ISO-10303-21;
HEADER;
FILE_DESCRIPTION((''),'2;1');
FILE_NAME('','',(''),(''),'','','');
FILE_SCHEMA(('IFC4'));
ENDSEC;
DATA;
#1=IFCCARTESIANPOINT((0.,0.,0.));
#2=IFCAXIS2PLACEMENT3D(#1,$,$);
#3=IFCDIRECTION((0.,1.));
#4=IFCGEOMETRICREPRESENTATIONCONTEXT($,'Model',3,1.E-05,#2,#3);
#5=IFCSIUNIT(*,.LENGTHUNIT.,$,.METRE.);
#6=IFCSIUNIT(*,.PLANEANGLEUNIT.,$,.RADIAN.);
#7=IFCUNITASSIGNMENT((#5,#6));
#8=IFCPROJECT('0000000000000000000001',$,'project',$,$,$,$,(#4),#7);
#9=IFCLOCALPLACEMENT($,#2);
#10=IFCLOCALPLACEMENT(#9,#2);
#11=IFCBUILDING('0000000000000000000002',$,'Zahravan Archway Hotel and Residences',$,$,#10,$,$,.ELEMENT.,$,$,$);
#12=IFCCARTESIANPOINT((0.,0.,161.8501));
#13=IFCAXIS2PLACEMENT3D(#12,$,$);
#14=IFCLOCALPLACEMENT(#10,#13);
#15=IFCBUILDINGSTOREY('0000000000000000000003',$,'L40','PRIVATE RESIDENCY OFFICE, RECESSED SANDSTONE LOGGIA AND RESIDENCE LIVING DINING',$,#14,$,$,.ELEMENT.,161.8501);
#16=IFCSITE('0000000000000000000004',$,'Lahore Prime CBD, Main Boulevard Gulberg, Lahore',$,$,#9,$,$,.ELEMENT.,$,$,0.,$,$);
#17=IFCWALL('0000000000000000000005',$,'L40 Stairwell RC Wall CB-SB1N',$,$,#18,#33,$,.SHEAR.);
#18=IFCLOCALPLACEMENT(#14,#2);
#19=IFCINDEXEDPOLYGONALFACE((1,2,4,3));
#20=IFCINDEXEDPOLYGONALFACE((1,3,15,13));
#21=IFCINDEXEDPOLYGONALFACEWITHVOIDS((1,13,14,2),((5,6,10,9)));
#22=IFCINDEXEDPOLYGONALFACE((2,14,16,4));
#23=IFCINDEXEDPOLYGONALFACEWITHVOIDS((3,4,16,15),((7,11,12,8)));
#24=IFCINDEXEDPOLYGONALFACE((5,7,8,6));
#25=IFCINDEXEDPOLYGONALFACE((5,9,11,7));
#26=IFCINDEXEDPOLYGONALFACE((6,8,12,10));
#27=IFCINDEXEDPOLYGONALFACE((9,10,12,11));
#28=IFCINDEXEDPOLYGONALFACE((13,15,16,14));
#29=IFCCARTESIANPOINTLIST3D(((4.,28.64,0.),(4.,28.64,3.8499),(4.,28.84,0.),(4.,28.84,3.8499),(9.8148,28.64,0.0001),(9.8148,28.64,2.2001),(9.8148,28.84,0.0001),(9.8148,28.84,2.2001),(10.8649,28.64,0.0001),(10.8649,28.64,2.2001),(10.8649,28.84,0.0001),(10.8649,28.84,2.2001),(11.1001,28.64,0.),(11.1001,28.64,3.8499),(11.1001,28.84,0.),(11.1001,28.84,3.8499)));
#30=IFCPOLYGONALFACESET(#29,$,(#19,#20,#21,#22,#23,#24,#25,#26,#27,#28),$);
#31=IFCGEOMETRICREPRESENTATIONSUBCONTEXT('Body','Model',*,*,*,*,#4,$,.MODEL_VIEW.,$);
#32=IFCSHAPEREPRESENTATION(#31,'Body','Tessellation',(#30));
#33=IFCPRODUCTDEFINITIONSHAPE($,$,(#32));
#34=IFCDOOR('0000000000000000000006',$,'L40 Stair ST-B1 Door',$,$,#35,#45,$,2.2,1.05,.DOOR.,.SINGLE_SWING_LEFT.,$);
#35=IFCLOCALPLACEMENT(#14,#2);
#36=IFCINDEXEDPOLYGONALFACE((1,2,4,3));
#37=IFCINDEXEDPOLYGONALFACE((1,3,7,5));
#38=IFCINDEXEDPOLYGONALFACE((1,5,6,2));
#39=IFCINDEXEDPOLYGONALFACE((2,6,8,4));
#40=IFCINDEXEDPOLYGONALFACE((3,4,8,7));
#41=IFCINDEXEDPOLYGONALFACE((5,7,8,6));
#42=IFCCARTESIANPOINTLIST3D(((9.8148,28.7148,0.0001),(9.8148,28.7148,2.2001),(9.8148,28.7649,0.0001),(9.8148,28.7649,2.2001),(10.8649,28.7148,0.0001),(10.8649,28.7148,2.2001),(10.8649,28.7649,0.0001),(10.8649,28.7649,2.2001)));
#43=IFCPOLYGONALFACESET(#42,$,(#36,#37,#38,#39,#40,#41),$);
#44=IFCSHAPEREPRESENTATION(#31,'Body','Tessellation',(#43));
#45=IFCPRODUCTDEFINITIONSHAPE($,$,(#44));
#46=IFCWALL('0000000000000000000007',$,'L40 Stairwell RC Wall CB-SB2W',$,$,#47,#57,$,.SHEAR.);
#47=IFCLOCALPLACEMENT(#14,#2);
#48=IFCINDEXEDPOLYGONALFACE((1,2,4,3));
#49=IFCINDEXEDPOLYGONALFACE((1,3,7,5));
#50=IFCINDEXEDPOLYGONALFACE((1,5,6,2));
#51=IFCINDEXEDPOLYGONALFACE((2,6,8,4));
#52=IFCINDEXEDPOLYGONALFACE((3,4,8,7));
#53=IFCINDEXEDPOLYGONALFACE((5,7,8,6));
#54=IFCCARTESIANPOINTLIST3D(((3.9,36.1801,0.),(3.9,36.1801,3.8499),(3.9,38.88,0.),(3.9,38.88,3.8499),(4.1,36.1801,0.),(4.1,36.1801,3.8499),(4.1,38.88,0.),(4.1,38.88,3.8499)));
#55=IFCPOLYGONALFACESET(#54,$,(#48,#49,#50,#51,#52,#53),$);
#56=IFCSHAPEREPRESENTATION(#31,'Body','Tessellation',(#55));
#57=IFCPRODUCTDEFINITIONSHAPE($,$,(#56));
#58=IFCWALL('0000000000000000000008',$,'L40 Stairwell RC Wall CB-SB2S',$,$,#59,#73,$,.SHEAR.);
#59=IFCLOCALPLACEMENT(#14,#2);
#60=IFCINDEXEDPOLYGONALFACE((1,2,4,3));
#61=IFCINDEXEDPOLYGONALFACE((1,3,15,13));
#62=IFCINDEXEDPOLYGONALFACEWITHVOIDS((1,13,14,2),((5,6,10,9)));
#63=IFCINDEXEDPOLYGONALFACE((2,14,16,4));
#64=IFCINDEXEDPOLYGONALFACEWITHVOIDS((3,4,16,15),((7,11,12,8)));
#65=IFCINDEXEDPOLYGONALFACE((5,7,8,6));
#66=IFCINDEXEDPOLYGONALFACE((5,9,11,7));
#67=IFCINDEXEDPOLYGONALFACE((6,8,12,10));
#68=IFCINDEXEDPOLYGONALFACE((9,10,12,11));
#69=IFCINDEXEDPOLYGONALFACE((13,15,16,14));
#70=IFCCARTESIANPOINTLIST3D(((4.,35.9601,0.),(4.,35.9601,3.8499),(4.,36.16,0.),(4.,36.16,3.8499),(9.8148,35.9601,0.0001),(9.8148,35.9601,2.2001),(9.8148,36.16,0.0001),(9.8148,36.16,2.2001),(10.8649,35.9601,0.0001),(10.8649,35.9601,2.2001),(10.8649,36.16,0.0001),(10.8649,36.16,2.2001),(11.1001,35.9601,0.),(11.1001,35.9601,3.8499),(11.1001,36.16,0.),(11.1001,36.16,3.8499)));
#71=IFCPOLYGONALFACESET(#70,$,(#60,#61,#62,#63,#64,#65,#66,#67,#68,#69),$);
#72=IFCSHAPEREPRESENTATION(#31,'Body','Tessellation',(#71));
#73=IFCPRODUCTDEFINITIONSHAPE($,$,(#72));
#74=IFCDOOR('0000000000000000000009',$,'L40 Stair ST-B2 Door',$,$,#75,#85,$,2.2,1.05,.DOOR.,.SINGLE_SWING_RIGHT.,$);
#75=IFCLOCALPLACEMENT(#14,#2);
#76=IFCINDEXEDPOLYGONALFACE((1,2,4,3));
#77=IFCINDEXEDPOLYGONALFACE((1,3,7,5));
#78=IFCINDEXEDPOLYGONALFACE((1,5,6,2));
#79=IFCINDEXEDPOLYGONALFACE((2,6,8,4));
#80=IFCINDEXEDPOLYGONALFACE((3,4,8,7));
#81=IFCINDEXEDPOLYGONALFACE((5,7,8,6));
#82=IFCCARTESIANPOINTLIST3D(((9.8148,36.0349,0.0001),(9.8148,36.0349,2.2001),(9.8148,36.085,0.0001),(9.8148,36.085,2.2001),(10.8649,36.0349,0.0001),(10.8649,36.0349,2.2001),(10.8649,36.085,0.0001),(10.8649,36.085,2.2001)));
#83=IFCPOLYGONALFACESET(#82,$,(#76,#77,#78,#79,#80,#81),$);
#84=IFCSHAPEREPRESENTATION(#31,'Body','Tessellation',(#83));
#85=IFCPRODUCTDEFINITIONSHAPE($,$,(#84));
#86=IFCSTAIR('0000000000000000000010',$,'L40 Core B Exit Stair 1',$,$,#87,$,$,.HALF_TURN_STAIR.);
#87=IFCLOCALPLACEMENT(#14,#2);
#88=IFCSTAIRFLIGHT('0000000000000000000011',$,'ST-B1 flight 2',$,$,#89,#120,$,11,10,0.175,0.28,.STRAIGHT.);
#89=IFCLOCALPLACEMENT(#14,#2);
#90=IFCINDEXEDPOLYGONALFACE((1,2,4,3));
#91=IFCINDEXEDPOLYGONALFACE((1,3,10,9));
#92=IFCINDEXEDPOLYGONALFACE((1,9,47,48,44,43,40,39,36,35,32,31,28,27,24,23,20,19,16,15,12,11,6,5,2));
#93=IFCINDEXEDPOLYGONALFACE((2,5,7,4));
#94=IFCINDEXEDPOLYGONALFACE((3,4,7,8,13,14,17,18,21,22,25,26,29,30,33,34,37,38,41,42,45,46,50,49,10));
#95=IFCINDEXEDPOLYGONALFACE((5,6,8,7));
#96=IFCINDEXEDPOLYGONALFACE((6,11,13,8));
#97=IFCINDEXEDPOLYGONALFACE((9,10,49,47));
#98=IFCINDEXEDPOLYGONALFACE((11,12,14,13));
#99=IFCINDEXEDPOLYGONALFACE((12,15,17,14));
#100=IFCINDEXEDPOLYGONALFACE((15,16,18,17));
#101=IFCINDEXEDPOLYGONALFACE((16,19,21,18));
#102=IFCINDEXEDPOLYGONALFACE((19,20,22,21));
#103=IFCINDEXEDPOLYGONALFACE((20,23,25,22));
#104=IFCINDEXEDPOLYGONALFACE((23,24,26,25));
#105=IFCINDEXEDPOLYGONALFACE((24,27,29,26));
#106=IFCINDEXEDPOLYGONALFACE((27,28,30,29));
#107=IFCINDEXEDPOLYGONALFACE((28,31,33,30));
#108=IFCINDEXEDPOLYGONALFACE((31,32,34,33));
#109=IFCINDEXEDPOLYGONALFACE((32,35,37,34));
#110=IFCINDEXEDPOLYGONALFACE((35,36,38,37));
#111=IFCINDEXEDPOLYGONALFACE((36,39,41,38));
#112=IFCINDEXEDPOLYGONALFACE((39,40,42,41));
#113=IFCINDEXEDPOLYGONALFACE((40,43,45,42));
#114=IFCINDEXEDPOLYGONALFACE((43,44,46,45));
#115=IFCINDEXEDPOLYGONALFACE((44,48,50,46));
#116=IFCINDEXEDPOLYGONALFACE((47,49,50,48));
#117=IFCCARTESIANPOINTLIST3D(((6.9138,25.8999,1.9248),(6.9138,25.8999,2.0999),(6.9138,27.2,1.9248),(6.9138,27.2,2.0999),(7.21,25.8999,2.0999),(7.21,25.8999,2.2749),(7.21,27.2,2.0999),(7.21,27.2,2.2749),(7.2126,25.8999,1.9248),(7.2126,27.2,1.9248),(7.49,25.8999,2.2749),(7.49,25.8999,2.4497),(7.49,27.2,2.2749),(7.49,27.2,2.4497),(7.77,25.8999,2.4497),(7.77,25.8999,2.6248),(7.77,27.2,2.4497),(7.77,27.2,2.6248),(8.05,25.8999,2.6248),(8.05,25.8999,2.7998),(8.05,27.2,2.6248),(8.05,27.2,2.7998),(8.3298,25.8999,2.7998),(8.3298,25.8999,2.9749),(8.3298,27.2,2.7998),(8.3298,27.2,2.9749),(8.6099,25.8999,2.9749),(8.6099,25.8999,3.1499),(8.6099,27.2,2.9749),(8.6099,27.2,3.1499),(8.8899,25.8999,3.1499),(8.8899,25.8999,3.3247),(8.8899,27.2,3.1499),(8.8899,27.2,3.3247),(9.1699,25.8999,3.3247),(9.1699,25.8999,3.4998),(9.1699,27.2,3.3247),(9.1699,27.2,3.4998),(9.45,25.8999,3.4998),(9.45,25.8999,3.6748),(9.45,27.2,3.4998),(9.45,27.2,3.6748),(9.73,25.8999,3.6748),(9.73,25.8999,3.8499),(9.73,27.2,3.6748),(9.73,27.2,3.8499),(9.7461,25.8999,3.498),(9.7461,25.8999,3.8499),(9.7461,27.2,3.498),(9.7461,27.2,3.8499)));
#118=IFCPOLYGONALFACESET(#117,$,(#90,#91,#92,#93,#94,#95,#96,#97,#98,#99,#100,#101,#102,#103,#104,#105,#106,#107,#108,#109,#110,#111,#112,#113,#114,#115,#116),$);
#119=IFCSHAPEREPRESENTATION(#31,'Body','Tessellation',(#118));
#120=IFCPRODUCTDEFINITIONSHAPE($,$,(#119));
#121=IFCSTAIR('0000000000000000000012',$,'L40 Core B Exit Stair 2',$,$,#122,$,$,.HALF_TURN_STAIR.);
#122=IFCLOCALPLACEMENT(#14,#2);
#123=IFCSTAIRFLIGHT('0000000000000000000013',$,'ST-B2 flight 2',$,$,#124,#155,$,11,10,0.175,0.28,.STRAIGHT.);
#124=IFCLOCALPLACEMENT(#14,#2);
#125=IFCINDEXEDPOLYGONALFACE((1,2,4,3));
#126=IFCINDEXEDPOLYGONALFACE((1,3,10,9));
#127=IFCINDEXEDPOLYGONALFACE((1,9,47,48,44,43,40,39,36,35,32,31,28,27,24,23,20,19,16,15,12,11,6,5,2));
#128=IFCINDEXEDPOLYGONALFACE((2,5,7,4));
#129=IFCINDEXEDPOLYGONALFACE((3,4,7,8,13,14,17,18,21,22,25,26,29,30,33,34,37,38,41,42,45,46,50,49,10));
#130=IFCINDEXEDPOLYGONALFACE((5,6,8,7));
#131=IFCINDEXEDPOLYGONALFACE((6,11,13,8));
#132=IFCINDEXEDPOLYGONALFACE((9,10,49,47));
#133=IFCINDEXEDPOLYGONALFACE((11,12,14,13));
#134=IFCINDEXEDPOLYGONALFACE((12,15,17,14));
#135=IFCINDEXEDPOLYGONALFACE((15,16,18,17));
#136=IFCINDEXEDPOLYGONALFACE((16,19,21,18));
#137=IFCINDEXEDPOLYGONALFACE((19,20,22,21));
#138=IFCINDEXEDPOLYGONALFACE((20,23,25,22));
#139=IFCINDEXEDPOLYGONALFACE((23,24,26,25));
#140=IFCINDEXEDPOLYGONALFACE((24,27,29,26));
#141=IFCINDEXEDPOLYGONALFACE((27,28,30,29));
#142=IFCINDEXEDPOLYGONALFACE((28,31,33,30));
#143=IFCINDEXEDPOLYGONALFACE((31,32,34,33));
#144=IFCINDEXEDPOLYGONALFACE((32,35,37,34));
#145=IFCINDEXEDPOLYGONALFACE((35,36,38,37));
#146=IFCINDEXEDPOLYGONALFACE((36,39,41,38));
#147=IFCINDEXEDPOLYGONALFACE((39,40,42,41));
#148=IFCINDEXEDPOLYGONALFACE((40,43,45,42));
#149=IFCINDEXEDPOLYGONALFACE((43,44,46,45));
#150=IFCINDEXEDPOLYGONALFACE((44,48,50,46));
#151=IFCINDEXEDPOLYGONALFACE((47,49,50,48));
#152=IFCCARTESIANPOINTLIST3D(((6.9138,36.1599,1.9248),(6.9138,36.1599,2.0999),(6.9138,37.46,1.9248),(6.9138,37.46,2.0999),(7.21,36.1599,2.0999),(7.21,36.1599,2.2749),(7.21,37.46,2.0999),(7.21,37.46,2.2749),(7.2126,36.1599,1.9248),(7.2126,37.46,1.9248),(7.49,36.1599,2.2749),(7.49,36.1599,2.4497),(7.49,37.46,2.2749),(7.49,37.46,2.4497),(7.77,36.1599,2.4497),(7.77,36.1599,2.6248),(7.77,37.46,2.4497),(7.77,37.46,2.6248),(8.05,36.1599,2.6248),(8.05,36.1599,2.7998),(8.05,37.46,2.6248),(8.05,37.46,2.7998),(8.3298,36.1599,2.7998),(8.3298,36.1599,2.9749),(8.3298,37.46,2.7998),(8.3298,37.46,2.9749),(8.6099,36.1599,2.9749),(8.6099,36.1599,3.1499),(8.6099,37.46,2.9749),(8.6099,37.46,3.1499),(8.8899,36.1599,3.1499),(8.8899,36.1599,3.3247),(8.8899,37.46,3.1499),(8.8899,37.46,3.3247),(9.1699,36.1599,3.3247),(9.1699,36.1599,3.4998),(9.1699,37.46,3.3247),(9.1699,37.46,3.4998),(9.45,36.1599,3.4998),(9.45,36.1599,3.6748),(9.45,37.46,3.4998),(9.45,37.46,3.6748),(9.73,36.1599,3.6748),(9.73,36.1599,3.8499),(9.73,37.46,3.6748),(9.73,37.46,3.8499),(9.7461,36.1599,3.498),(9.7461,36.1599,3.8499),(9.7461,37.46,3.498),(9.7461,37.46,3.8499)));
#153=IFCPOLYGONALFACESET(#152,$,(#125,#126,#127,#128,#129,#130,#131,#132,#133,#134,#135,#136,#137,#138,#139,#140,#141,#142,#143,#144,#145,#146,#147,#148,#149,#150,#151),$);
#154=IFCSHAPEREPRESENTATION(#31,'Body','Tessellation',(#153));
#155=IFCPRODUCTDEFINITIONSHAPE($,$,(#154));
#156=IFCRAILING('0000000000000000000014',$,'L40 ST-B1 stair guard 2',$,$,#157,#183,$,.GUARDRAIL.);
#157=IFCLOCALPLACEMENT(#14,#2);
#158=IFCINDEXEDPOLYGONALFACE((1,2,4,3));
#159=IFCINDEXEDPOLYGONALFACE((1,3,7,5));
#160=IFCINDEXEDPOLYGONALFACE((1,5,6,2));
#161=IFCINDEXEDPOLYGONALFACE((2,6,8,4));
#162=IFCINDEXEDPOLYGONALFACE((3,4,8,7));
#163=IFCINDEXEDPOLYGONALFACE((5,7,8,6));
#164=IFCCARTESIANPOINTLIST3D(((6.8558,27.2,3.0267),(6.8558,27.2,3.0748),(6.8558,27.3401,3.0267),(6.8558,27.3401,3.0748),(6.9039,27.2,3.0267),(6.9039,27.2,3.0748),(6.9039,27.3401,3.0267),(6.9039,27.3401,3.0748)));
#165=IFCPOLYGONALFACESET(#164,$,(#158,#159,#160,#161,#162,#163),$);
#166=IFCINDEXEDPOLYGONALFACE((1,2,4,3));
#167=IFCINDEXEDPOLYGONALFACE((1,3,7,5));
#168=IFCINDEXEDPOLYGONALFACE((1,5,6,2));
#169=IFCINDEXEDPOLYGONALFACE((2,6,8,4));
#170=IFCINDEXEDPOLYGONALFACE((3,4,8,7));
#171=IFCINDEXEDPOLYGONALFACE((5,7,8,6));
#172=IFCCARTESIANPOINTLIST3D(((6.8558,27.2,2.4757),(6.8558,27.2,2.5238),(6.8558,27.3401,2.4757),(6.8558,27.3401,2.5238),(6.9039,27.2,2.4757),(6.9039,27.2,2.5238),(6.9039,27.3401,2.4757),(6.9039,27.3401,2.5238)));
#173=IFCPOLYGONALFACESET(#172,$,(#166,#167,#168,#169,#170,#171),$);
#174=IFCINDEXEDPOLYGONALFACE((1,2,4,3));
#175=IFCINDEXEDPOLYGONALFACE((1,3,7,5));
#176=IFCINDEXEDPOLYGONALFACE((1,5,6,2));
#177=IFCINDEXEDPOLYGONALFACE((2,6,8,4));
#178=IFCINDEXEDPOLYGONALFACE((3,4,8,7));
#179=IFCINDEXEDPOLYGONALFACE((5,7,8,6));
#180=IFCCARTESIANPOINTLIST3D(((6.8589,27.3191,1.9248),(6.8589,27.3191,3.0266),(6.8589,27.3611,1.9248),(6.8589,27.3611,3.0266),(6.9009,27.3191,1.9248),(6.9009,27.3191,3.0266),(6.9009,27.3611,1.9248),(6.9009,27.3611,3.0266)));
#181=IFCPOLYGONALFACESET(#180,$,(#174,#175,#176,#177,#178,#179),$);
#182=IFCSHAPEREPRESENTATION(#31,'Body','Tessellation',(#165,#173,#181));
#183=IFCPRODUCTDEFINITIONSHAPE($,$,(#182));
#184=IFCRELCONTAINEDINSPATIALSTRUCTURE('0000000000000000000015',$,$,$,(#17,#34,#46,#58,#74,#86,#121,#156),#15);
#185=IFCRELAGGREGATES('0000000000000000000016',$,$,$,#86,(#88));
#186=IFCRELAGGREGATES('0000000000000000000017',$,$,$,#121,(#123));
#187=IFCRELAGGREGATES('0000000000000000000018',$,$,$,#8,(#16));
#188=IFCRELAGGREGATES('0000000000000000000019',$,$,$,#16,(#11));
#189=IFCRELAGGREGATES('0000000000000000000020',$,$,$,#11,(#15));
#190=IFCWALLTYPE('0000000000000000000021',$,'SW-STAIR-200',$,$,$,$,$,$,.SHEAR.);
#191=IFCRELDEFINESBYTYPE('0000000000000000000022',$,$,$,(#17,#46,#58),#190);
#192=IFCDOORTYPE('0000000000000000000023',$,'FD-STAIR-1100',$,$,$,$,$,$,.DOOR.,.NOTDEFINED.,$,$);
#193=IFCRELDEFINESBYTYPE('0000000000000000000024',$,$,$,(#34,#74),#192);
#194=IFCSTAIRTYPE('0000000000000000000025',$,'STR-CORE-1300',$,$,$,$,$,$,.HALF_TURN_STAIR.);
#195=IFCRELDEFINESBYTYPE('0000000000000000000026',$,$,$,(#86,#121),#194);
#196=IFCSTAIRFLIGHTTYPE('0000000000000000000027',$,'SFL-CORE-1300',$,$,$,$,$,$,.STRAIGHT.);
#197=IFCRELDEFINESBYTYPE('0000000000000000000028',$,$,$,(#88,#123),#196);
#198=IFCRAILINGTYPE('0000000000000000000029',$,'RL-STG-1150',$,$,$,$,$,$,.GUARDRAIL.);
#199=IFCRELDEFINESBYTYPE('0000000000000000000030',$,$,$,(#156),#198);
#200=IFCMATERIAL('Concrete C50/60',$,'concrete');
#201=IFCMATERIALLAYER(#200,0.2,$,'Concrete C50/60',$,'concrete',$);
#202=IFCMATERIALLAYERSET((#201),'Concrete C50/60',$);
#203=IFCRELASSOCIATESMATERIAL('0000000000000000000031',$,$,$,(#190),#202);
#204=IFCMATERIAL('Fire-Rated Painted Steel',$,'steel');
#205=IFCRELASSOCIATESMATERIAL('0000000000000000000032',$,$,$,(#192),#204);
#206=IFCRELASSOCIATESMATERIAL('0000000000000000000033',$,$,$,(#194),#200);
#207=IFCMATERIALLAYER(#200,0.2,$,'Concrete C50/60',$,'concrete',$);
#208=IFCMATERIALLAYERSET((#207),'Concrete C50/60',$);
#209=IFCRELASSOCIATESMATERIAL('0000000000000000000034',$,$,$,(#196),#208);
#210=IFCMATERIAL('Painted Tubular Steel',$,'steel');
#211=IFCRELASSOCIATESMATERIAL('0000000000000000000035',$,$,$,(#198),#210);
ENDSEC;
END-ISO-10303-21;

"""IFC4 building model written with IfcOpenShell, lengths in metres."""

from ifc_helpers import new_model, si_unit, direction, frame, frame_2d, origin, origin_2d, place, context, subcontext, project, spatial, polyline, rectangle, outline, extrude, source, transform, mapped, material, layer, layer_set, type_object, type_shapes, element, fill, aggregate, save


model = new_model("IFC4")

# Units and contexts
model_context = context("Model", 3, precision=1e-05, world=origin(), true_north=direction((0.0, 1.0)))
body_context = subcontext(model_context, "Body", "Model", "MODEL_VIEW")
ifc_project = project(units=[si_unit("LENGTHUNIT", "METRE"), si_unit("PLANEANGLEUNIT", "RADIAN")], contexts=[model_context])

# Site, building, storey
site_placement = place(None, origin())
site = spatial("IfcSite", under=ifc_project, at=site_placement, Name="Lahore Prime CBD, Main Boulevard Gulberg, Lahore", CompositionType="ELEMENT", RefElevation=0.0)
building_placement = place(site_placement, origin())
building = spatial("IfcBuilding", under=site, at=building_placement, Name="Zahravan Archway Hotel and Residences", CompositionType="ELEMENT")
storey_placement = place(building_placement, frame((0.0, 0.0, 161.8501)))
storey = spatial("IfcBuildingStorey", under=building, at=storey_placement, Name="L40", Description="PRIVATE RESIDENCY OFFICE, RECESSED SANDSTONE LOGGIA AND RESIDENCE LIVING DINING", CompositionType="ELEMENT", Elevation=161.8501)

# Shared definitions
ifc_material_1 = material(Name="Fire-Rated Painted Steel", Category="steel")

# Shared definitions
ifc_material_2 = material(Name="Concrete C50/60", Category="concrete")
ifc_layer_1 = layer(ifc_material_2, 0.2, Name="Concrete C50/60", Category="concrete")
ifc_layer_set_1 = layer_set([ifc_layer_1], Name="Concrete C50/60")
wall_type_1 = type_object("IfcWallType", Name="SW-STAIR-200", PredefinedType="SHEAR", material=ifc_layer_set_1)

# Wall, opening, door
wall_1_placement = place(storey_placement, frame((4.0, 28.74, 0.0), z_axis=(0.0, 0.0, 1.0), x_axis=(1.0, 0.0, 0.0)))
wall_1 = element("IfcWall", 1, at=wall_1_placement, inside=storey, type_object=wall_type_1, Name="L40 Stairwell RC Wall CB-SB1N", PredefinedType="SHEAR", context=body_context, shape_type="SweptSolid", body=[
    extrude(rectangle(XDim=7.1001, YDim=0.2, at=frame_2d((3.55, 0.0))), origin(), (0.0, 0.0, 1.0), 3.8499),
])
opening_1_placement = place(wall_1_placement, frame((5.8149, 0.0, 0.0)))
opening_1 = element("IfcOpeningElement", 2, at=opening_1_placement, cuts=wall_1, PredefinedType="OPENING", context=body_context, shape_type="SweptSolid", body=[
    extrude(rectangle(XDim=1.05, YDim=2.2, at=frame_2d((0.5249, 1.1001))), frame((0.0, 0.1099, 0.0), z_axis=(0.0, -1.0, 0.0), x_axis=(1.0, 0.0, 0.0)), (0.0, 0.0, 1.0), 0.22),
])
door_type_1 = type_object("IfcDoorType", Name="FD-STAIR-1100", OperationType="NOTDEFINED", PredefinedType="DOOR", material=ifc_material_1)
shared_shape_1 = source(origin(), body_context, "Body", "SweptSolid", [
    extrude(rectangle(XDim=1.05, YDim=2.2, at=frame_2d((0.5249, 1.1001))), frame((0.0, 0.0249, 0.0), z_axis=(0.0, -1.0, 0.0), x_axis=(1.0, 0.0, 0.0)), (0.0, 0.0, 1.0), 0.05),
])
type_shapes(door_type_1, [shared_shape_1])
door_1_placement = place(opening_1_placement, origin())
door_1 = element("IfcDoor", 3, at=door_1_placement, inside=storey, type_object=door_type_1, Name="L40 Stair ST-B1 Door", OperationType="SINGLE_SWING_LEFT", OverallHeight=2.2, OverallWidth=1.05, PredefinedType="DOOR", context=body_context, shape_type="MappedRepresentation", body=[
    mapped(shared_shape_1, transform((0.0, 0.0, 0.0), scale=1.0)),
])
fill(opening_1, door_1)

# Wall
wall_2_placement = place(storey_placement, frame((4.0, 36.1799, 0.0), z_axis=(0.0, 0.0, 1.0), x_axis=(0.0, 1.0, 0.0)))
element("IfcWall", 4, at=wall_2_placement, inside=storey, type_object=wall_type_1, Name="L40 Stairwell RC Wall CB-SB2W", PredefinedType="SHEAR", context=body_context, shape_type="SweptSolid", body=[
    extrude(rectangle(XDim=2.7, YDim=0.2, at=frame_2d((1.3501, 0.0))), origin(), (0.0, 0.0, 1.0), 3.8499),
])

# Wall, opening, door
wall_3_placement = place(storey_placement, frame((4.0, 36.0601, 0.0), z_axis=(0.0, 0.0, 1.0), x_axis=(1.0, 0.0, 0.0)))
wall_3 = element("IfcWall", 5, at=wall_3_placement, inside=storey, type_object=wall_type_1, Name="L40 Stairwell RC Wall CB-SB2S", PredefinedType="SHEAR", context=body_context, shape_type="SweptSolid", body=[
    extrude(rectangle(XDim=7.1001, YDim=0.2, at=frame_2d((3.55, 0.0))), origin(), (0.0, 0.0, 1.0), 3.8499),
])
opening_2_placement = place(wall_3_placement, frame((5.8149, 0.0, 0.0)))
opening_2 = element("IfcOpeningElement", 6, at=opening_2_placement, cuts=wall_3, PredefinedType="OPENING", context=body_context, shape_type="SweptSolid", body=[
    extrude(rectangle(XDim=1.05, YDim=2.2, at=frame_2d((0.5249, 1.1001))), frame((0.0, 0.1099, 0.0), z_axis=(0.0, -1.0, 0.0), x_axis=(1.0, 0.0, 0.0)), (0.0, 0.0, 1.0), 0.22),
])
door_2_placement = place(opening_2_placement, origin())
door_2 = element("IfcDoor", 7, at=door_2_placement, inside=storey, type_object=door_type_1, Name="L40 Stair ST-B2 Door", OperationType="SINGLE_SWING_RIGHT", OverallHeight=2.2, OverallWidth=1.05, PredefinedType="DOOR", context=body_context, shape_type="MappedRepresentation", body=[
    mapped(shared_shape_1, transform((0.0, 0.0, 0.0), scale=1.0)),
])
fill(opening_2, door_2)

# Stairs, stair flights
stair_type = type_object("IfcStairType", Name="STR-CORE-1300", PredefinedType="HALF_TURN_STAIR", material=ifc_material_2)
stair_1_placement = place(storey_placement, origin())
stair_1 = element("IfcStair", 8, at=stair_1_placement, inside=storey, type_object=stair_type, Name="L40 Core B Exit Stair 1", PredefinedType="HALF_TURN_STAIR")
ifc_layer_2 = layer(ifc_material_2, 0.2, Name="Concrete C50/60", Category="concrete")
ifc_layer_set_2 = layer_set([ifc_layer_2], Name="Concrete C50/60")
stair_flight_type = type_object("IfcStairFlightType", Name="SFL-CORE-1300", PredefinedType="STRAIGHT", material=ifc_layer_set_2)
shared_shape_2 = source(origin(), body_context, "Body", "SweptSolid", [
    extrude(outline(polyline([(-0.0161, 0.0), (-0.0161, 0.175), (0.28, 0.175), (0.28, 0.3501), (0.5601, 0.3501), (0.5601, 0.5249), (0.8401, 0.5249), (0.8401, 0.7), (1.1201, 0.7), (1.1201, 0.875), (1.3999, 0.875), (1.3999, 1.05), (1.6799, 1.05), (1.6799, 1.2251), (1.96, 1.2251), (1.96, 1.3999), (2.24, 1.3999), (2.24, 1.575), (2.52, 1.575), (2.52, 1.75), (2.8, 1.75), (2.8, 1.925), (2.8162, 1.925), (2.8162, 1.5732), (0.2827, 0.0), (-0.0161, 0.0)])), frame((0.0, 0.6499, 0.0), z_axis=(0.0, -1.0, 0.0), x_axis=(1.0, 0.0, 0.0)), (0.0, 0.0, 1.0), 1.3),
])
stair_flight_1_placement = place(storey_placement, frame((6.9299, 26.55, 1.9248), z_axis=(0.0, 0.0, 1.0), x_axis=(1.0, 0.0, 0.0)))
stair_flight_1 = element("IfcStairFlight", 9, at=stair_flight_1_placement, type_object=stair_flight_type, Name="ST-B1 flight 2", NumberOfRisers=11, NumberOfTreads=10, PredefinedType="STRAIGHT", RiserHeight=0.175, TreadLength=0.28, context=body_context, shape_type="MappedRepresentation", body=[
    mapped(shared_shape_2, transform((0.0, 0.0, 0.0), scale=1.0)),
])
aggregate(stair_1, [stair_flight_1])
stair_2_placement = place(storey_placement, origin())
stair_2 = element("IfcStair", 10, at=stair_2_placement, inside=storey, type_object=stair_type, Name="L40 Core B Exit Stair 2", PredefinedType="HALF_TURN_STAIR")
stair_flight_2_placement = place(storey_placement, frame((6.9299, 36.8101, 1.9248), z_axis=(0.0, 0.0, 1.0), x_axis=(1.0, 0.0, 0.0)))
stair_flight_2 = element("IfcStairFlight", 11, at=stair_flight_2_placement, type_object=stair_flight_type, Name="ST-B2 flight 2", NumberOfRisers=11, NumberOfTreads=10, PredefinedType="STRAIGHT", RiserHeight=0.175, TreadLength=0.28, context=body_context, shape_type="MappedRepresentation", body=[
    mapped(shared_shape_2, transform((0.0, 0.0, 0.0), scale=1.0)),
])
aggregate(stair_2, [stair_flight_2])

# Railing
ifc_material_3 = material(Name="Painted Tubular Steel", Category="steel")
railing_type_1 = type_object("IfcRailingType", Name="RL-STG-1150", PredefinedType="GUARDRAIL", material=ifc_material_3)
railing_1_placement = place(storey_placement, frame((6.8799, 27.3401, 1.9248)))
element("IfcRailing", 12, at=railing_1_placement, inside=storey, type_object=railing_type_1, Name="L40 ST-B1 stair guard 2", PredefinedType="GUARDRAIL", context=body_context, shape_type="SweptSolid", body=[
    extrude(rectangle(XDim=0.0481, YDim=0.0481, at=origin_2d()), frame((0.0, 0.0, 1.126), z_axis=(0.0, -1.0, 0.0), x_axis=(1.0, 0.0, 0.0)), (0.0, 0.0, 1.0), 0.1401),
    extrude(rectangle(XDim=0.0481, YDim=0.0481, at=origin_2d()), frame((0.0, 0.0, 0.575), z_axis=(0.0, -1.0, 0.0), x_axis=(1.0, 0.0, 0.0)), (0.0, 0.0, 1.0), 0.1401),
    extrude(rectangle(XDim=0.042, YDim=0.042, at=origin_2d()), origin(), (0.0, 0.0, 1.0), 1.1018),
])

save(model, "model.ifc")
